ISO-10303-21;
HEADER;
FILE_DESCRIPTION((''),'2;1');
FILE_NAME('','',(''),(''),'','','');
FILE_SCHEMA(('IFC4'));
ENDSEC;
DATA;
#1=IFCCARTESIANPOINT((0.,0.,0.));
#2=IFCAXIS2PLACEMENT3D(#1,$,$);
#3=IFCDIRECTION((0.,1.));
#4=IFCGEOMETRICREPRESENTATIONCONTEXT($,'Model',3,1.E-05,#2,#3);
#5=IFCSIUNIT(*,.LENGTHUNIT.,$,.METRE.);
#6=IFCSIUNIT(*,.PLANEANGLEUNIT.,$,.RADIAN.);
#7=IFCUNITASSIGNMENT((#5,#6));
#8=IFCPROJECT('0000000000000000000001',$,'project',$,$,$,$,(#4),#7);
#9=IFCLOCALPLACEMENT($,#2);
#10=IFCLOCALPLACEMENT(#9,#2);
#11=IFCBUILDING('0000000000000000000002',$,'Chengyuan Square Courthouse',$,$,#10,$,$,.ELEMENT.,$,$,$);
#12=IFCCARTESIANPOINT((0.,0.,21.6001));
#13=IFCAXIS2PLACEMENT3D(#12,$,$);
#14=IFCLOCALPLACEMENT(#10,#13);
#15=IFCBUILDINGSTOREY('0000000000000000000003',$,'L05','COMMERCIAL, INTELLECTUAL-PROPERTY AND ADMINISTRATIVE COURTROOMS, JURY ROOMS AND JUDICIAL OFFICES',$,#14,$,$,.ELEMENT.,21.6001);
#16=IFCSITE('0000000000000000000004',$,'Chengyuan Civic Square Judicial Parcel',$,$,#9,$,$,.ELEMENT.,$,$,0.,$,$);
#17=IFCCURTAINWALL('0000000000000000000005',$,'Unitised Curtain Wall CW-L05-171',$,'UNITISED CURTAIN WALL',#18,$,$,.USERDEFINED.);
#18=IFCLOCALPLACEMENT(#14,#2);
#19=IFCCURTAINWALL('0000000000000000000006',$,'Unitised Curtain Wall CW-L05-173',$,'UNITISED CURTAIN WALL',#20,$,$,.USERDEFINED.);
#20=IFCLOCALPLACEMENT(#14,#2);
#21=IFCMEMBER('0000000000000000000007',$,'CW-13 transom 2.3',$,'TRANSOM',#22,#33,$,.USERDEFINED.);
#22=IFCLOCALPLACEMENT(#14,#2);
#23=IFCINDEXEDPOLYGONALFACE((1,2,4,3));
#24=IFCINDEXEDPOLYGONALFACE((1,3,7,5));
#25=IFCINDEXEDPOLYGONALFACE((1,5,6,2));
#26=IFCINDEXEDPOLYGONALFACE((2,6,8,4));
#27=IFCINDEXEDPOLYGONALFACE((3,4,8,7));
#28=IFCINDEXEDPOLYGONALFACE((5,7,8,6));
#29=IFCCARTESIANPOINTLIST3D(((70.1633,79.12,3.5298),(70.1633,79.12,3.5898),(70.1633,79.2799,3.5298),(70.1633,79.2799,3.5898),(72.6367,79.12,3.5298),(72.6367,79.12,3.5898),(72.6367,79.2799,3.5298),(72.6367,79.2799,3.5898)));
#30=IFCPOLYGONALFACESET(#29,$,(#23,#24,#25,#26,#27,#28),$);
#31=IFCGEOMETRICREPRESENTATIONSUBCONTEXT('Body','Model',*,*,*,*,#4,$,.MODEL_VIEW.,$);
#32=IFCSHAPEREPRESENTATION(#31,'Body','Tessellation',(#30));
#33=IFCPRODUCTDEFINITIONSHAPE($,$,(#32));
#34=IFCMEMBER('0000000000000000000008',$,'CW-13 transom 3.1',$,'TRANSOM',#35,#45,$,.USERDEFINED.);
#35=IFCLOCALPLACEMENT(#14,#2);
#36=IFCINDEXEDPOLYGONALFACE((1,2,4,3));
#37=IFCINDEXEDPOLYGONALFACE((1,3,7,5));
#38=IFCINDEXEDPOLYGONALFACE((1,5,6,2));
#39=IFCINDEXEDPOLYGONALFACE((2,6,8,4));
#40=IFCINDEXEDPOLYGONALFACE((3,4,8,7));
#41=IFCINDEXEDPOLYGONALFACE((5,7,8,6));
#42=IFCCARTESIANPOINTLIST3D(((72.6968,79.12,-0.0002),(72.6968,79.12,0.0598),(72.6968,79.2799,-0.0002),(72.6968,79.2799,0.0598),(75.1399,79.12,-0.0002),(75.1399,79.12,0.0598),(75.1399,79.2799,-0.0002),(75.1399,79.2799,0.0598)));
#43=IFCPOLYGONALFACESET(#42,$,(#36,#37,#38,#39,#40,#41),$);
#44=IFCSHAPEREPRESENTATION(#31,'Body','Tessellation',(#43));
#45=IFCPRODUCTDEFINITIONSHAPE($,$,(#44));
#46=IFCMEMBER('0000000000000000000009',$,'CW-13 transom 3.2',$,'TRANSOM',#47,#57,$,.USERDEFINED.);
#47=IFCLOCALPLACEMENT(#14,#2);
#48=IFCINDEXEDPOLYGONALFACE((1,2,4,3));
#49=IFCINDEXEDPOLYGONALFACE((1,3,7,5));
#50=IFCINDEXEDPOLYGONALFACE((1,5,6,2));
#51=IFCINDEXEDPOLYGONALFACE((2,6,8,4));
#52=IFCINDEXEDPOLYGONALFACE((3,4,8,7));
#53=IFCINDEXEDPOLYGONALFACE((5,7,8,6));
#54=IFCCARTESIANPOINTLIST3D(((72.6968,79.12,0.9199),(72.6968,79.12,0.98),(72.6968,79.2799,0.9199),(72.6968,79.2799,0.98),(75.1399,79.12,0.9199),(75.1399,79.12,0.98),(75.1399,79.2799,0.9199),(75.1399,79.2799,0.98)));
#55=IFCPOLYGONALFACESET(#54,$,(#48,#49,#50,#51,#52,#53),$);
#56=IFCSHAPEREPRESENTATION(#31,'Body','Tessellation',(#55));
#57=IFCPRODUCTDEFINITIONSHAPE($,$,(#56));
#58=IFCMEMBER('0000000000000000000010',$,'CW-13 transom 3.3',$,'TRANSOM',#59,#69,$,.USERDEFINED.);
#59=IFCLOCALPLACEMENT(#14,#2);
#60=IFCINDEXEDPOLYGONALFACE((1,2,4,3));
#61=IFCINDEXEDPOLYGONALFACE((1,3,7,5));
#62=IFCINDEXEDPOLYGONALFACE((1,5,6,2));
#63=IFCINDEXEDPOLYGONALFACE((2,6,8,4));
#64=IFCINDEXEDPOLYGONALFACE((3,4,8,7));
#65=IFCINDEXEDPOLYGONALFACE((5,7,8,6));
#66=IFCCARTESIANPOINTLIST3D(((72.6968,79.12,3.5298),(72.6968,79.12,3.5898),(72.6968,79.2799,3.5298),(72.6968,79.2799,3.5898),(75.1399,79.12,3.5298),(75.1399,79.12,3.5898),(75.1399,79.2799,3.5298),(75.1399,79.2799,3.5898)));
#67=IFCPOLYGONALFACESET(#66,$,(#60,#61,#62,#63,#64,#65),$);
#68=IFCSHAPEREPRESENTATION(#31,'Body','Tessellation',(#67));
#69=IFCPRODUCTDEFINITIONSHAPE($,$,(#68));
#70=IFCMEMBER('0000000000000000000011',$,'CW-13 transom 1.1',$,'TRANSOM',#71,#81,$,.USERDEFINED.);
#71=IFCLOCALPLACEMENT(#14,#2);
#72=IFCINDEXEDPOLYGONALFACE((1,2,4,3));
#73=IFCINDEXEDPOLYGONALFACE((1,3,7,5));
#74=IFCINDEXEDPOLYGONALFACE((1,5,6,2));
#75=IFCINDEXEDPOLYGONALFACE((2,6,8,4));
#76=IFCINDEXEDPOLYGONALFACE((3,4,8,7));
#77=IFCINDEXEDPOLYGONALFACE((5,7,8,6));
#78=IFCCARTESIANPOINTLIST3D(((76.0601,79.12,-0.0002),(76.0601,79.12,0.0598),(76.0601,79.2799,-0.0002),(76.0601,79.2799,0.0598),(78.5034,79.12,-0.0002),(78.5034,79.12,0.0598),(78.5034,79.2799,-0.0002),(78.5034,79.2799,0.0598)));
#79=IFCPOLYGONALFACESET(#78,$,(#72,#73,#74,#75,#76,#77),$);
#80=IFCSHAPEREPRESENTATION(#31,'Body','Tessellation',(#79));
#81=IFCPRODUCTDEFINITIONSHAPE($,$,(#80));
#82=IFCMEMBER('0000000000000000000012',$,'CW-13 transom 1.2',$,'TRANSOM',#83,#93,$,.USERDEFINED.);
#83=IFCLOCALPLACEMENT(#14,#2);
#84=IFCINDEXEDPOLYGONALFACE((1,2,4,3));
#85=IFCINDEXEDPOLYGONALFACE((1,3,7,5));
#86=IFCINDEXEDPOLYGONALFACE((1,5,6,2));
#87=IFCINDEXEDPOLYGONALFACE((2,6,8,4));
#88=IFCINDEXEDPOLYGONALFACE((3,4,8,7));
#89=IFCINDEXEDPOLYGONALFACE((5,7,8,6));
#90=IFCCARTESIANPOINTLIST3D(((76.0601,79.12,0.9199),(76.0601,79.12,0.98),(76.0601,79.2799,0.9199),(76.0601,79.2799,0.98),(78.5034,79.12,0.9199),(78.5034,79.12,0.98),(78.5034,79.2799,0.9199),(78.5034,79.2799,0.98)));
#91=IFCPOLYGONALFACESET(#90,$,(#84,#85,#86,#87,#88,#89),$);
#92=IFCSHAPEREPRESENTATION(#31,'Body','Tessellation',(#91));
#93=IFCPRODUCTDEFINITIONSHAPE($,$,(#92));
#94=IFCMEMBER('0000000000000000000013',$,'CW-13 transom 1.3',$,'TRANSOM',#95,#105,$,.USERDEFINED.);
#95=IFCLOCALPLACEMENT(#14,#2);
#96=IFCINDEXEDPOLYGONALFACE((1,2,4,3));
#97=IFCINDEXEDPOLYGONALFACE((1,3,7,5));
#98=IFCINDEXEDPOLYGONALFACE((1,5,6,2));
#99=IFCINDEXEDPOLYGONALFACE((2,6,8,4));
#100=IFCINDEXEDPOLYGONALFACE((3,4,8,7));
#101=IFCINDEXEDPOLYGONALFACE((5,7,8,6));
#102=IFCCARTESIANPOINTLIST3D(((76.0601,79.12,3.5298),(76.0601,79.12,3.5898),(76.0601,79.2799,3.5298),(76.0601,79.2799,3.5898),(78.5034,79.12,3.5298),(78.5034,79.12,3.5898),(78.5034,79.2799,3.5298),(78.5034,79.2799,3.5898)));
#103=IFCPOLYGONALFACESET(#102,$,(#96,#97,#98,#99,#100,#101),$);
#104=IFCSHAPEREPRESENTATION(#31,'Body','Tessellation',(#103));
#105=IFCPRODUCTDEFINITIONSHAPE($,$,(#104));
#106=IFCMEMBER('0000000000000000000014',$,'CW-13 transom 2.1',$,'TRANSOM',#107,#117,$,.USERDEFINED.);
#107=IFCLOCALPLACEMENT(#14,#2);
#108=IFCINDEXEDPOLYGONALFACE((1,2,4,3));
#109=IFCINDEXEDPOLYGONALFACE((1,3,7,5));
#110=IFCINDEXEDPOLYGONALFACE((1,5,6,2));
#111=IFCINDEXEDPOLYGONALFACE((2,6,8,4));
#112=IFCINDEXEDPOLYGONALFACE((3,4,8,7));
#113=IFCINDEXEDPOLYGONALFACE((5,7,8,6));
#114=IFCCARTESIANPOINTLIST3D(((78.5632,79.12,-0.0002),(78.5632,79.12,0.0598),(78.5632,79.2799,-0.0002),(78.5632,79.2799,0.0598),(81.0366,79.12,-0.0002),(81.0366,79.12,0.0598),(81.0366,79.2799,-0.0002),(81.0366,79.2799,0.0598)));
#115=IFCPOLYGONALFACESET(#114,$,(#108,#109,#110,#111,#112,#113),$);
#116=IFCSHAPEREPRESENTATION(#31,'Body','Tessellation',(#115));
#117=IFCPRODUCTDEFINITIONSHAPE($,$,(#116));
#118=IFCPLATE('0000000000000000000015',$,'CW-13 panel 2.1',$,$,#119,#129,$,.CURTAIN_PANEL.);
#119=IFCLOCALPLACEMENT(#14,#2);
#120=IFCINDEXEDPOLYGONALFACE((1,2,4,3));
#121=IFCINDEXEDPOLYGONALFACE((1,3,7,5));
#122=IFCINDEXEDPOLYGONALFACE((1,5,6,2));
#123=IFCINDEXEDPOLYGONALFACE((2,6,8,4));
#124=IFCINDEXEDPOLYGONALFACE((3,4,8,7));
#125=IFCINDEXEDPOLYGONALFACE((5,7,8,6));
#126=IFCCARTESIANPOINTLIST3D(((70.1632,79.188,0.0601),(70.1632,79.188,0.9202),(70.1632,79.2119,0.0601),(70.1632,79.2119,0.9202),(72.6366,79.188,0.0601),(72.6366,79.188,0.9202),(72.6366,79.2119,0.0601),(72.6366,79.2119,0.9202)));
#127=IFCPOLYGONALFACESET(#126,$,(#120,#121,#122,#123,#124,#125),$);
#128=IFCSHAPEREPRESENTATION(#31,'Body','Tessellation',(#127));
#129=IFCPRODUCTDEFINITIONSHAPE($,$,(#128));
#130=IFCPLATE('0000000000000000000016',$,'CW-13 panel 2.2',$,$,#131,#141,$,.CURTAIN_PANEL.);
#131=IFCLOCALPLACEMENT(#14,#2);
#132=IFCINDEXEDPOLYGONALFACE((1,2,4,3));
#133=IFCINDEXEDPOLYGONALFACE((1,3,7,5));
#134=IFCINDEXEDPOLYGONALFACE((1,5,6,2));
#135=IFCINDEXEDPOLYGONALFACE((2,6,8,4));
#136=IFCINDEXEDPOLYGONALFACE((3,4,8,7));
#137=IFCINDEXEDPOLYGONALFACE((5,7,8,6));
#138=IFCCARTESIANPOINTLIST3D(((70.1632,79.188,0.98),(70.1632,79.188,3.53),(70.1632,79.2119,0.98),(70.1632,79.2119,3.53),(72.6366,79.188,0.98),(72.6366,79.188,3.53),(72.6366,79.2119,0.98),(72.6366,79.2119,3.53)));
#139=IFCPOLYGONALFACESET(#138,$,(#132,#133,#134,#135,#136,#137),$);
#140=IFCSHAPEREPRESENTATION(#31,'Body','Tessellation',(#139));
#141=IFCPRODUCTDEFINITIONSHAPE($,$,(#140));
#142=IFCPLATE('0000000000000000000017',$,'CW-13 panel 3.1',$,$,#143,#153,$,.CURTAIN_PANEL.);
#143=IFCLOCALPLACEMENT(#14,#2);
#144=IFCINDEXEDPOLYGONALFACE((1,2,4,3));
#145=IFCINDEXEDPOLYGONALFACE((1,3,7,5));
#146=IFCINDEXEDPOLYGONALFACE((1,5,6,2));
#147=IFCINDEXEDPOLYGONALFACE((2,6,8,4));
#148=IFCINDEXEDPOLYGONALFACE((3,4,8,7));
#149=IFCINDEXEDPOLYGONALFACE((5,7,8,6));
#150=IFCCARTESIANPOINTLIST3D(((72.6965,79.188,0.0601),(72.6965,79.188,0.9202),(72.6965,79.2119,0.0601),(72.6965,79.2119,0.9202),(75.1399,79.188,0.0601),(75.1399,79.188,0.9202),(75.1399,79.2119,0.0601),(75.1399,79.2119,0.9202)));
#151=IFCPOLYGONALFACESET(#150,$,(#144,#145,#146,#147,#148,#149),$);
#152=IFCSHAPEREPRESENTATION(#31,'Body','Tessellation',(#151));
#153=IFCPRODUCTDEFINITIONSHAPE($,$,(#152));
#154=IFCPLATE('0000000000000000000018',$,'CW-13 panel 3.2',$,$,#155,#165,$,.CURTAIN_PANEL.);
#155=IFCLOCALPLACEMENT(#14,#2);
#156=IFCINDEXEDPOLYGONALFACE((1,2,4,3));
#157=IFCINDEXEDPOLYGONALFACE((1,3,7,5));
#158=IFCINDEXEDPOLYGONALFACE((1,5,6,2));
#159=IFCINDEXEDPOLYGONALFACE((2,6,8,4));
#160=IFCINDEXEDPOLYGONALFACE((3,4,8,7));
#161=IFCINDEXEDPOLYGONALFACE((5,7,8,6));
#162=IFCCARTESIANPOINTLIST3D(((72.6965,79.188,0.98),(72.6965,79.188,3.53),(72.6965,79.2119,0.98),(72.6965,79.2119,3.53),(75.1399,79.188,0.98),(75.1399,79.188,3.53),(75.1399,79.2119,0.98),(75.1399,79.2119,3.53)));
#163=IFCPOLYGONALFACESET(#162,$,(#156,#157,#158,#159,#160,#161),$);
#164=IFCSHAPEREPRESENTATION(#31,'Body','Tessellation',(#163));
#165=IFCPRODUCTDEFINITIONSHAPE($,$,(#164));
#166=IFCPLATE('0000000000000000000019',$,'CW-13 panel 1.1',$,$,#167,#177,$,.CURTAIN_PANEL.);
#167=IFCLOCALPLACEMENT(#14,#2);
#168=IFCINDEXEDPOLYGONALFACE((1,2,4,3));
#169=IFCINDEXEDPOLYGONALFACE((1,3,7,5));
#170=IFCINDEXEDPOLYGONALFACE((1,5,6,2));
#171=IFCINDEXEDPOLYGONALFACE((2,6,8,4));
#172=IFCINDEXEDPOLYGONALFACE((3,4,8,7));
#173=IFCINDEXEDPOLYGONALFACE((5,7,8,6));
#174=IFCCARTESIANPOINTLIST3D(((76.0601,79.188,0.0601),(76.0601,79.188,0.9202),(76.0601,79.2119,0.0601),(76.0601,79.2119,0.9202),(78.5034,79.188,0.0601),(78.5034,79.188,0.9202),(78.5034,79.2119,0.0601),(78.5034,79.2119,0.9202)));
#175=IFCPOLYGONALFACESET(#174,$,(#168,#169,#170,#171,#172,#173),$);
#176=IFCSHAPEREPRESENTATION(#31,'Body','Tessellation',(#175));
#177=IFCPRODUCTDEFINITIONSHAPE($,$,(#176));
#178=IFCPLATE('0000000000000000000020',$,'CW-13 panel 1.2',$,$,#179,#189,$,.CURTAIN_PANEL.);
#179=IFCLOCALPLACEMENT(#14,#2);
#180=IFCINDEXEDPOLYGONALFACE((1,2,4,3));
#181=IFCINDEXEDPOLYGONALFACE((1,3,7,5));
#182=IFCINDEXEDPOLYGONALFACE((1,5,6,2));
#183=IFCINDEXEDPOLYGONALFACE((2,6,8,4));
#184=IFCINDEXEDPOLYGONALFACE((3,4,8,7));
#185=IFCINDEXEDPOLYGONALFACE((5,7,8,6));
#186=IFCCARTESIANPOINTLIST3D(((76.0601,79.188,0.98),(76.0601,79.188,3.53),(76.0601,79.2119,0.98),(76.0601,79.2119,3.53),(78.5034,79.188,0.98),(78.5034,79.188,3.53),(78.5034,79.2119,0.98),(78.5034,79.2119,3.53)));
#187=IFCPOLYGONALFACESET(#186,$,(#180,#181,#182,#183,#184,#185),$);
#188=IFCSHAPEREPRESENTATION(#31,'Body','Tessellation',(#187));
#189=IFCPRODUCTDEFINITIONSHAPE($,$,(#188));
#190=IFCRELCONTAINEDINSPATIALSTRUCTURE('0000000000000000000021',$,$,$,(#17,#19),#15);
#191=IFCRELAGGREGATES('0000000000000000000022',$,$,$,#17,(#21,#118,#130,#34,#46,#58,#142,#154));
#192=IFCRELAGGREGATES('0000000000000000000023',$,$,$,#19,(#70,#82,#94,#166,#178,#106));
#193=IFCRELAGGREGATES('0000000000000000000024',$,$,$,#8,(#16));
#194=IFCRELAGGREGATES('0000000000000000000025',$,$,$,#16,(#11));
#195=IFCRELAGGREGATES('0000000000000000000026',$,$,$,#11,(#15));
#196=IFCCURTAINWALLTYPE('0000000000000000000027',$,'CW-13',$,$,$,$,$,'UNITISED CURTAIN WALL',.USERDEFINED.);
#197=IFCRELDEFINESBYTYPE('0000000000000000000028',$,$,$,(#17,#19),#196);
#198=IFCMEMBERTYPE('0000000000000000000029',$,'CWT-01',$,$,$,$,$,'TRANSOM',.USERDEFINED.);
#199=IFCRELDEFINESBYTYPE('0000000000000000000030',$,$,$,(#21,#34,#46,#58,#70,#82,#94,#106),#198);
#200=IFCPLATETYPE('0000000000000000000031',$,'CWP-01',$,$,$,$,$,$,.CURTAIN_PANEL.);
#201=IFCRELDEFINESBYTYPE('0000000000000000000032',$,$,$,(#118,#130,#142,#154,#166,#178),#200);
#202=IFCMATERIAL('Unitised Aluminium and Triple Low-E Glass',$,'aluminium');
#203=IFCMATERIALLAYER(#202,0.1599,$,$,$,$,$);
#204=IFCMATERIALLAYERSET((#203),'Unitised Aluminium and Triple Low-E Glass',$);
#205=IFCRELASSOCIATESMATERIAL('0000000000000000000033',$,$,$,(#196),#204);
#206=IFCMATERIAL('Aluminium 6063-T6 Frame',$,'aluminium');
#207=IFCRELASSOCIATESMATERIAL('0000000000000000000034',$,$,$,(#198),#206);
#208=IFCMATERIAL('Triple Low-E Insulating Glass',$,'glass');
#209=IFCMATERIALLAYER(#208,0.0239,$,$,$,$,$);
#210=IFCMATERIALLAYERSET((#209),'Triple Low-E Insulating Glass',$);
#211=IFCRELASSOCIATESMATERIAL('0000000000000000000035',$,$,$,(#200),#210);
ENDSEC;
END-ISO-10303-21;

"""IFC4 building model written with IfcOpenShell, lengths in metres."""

from ifc_helpers import new_model, si_unit, direction, frame, origin, origin_2d, place, context, subcontext, project, spatial, rectangle, extrude, material, layer, layer_set, material_profile, profile_set, type_object, element, aggregate, save


model = new_model("IFC4")

# Units and contexts
model_context = context("Model", 3, precision=1e-05, world=origin(), true_north=direction((0.0, 1.0)))
body_context = subcontext(model_context, "Body", "Model", "MODEL_VIEW")
ifc_project = project(units=[si_unit("LENGTHUNIT", "METRE"), si_unit("PLANEANGLEUNIT", "RADIAN")], contexts=[model_context])

# Site, building, storey
site_placement = place(None, origin())
site = spatial("IfcSite", under=ifc_project, at=site_placement, Name="Chengyuan Civic Square Judicial Parcel", CompositionType="ELEMENT", RefElevation=0.0)
building_placement = place(site_placement, origin())
building = spatial("IfcBuilding", under=site, at=building_placement, Name="Chengyuan Square Courthouse", CompositionType="ELEMENT")
storey_placement = place(building_placement, frame((0.0, 0.0, 21.6001)))
storey = spatial("IfcBuildingStorey", under=building, at=storey_placement, Name="L05", Description="COMMERCIAL, INTELLECTUAL-PROPERTY AND ADMINISTRATIVE COURTROOMS, JURY ROOMS AND JUDICIAL OFFICES", CompositionType="ELEMENT", Elevation=21.6001)

# Curtain walls
ifc_material_1 = material(Name="Unitised Aluminium and Triple Low-E Glass", Category="aluminium")
ifc_layer_1 = layer(ifc_material_1, 0.1599)
ifc_layer_set_1 = layer_set([ifc_layer_1], Name="Unitised Aluminium and Triple Low-E Glass")
curtain_wall_type = type_object("IfcCurtainWallType", Name="CW-13", ElementType="UNITISED CURTAIN WALL", PredefinedType="USERDEFINED", material=ifc_layer_set_1)
curtain_wall_1_placement = place(storey_placement, origin())
curtain_wall_1 = element("IfcCurtainWall", 1, at=curtain_wall_1_placement, inside=storey, type_object=curtain_wall_type, Name="Unitised Curtain Wall CW-L05-171", ObjectType="UNITISED CURTAIN WALL", PredefinedType="USERDEFINED")
ifc_material_2 = material(Name="Aluminium 6063-T6 Frame", Category="aluminium")
curtain_wall_2_placement = place(storey_placement, origin())
curtain_wall_2 = element("IfcCurtainWall", 2, at=curtain_wall_2_placement, inside=storey, type_object=curtain_wall_type, Name="Unitised Curtain Wall CW-L05-173", ObjectType="UNITISED CURTAIN WALL", PredefinedType="USERDEFINED")

# Members
ifc_material_profile_1 = material_profile(ifc_material_2, rectangle(XDim=0.1599, YDim=0.0601, at=origin_2d()), Name="CW-TRN-60x120")
ifc_profile_set_1 = profile_set([ifc_material_profile_1], Name="Aluminium 6063-T6 Frame")
member_type_1 = type_object("IfcMemberType", Name="CWT-01", ElementType="TRANSOM", PredefinedType="USERDEFINED", material=ifc_profile_set_1)
member_1_placement = place(storey_placement, frame((70.1633, 79.2, 3.5598), z_axis=(1.0, 0.0, 0.0), x_axis=(0.0, 1.0, 0.0)))
member_1 = element("IfcMember", 3, at=member_1_placement, type_object=member_type_1, Name="CW-13 transom 2.3", ObjectType="TRANSOM", PredefinedType="USERDEFINED", context=body_context, shape_type="SweptSolid", body=[
    extrude(rectangle(XDim=0.1599, YDim=0.0601, at=origin_2d()), origin(), (0.0, 0.0, 1.0), 2.4734),
])
member_2_placement = place(storey_placement, frame((72.6968, 79.2, 0.0298), z_axis=(1.0, 0.0, 0.0), x_axis=(0.0, 1.0, 0.0)))
member_2 = element("IfcMember", 4, at=member_2_placement, type_object=member_type_1, Name="CW-13 transom 3.1", ObjectType="TRANSOM", PredefinedType="USERDEFINED", context=body_context, shape_type="SweptSolid", body=[
    extrude(rectangle(XDim=0.1599, YDim=0.0601, at=origin_2d()), origin(), (0.0, 0.0, 1.0), 2.4431),
])
member_3_placement = place(storey_placement, frame((72.6968, 79.2, 0.95), z_axis=(1.0, 0.0, 0.0), x_axis=(0.0, 1.0, 0.0)))
member_3 = element("IfcMember", 5, at=member_3_placement, type_object=member_type_1, Name="CW-13 transom 3.2", ObjectType="TRANSOM", PredefinedType="USERDEFINED", context=body_context, shape_type="SweptSolid", body=[
    extrude(rectangle(XDim=0.1599, YDim=0.0601, at=origin_2d()), origin(), (0.0, 0.0, 1.0), 2.4431),
])
member_4_placement = place(storey_placement, frame((72.6968, 79.2, 3.5598), z_axis=(1.0, 0.0, 0.0), x_axis=(0.0, 1.0, 0.0)))
member_4 = element("IfcMember", 6, at=member_4_placement, type_object=member_type_1, Name="CW-13 transom 3.3", ObjectType="TRANSOM", PredefinedType="USERDEFINED", context=body_context, shape_type="SweptSolid", body=[
    extrude(rectangle(XDim=0.1599, YDim=0.0601, at=origin_2d()), origin(), (0.0, 0.0, 1.0), 2.4431),
])
member_5_placement = place(storey_placement, frame((76.0601, 79.2, 0.0298), z_axis=(1.0, 0.0, 0.0), x_axis=(0.0, 1.0, 0.0)))
member_5 = element("IfcMember", 7, at=member_5_placement, type_object=member_type_1, Name="CW-13 transom 1.1", ObjectType="TRANSOM", PredefinedType="USERDEFINED", context=body_context, shape_type="SweptSolid", body=[
    extrude(rectangle(XDim=0.1599, YDim=0.0601, at=origin_2d()), origin(), (0.0, 0.0, 1.0), 2.4434),
])
member_6_placement = place(storey_placement, frame((76.0601, 79.2, 0.95), z_axis=(1.0, 0.0, 0.0), x_axis=(0.0, 1.0, 0.0)))
member_6 = element("IfcMember", 8, at=member_6_placement, type_object=member_type_1, Name="CW-13 transom 1.2", ObjectType="TRANSOM", PredefinedType="USERDEFINED", context=body_context, shape_type="SweptSolid", body=[
    extrude(rectangle(XDim=0.1599, YDim=0.0601, at=origin_2d()), origin(), (0.0, 0.0, 1.0), 2.4434),
])
member_7_placement = place(storey_placement, frame((76.0601, 79.2, 3.5598), z_axis=(1.0, 0.0, 0.0), x_axis=(0.0, 1.0, 0.0)))
member_7 = element("IfcMember", 9, at=member_7_placement, type_object=member_type_1, Name="CW-13 transom 1.3", ObjectType="TRANSOM", PredefinedType="USERDEFINED", context=body_context, shape_type="SweptSolid", body=[
    extrude(rectangle(XDim=0.1599, YDim=0.0601, at=origin_2d()), origin(), (0.0, 0.0, 1.0), 2.4434),
])
member_8_placement = place(storey_placement, frame((78.5632, 79.2, 0.0298), z_axis=(1.0, 0.0, 0.0), x_axis=(0.0, 1.0, 0.0)))
member_8 = element("IfcMember", 10, at=member_8_placement, type_object=member_type_1, Name="CW-13 transom 2.1", ObjectType="TRANSOM", PredefinedType="USERDEFINED", context=body_context, shape_type="SweptSolid", body=[
    extrude(rectangle(XDim=0.1599, YDim=0.0601, at=origin_2d()), origin(), (0.0, 0.0, 1.0), 2.4734),
])

# Plates
ifc_material_3 = material(Name="Triple Low-E Insulating Glass", Category="glass")
ifc_layer_2 = layer(ifc_material_3, 0.0239)
ifc_layer_set_2 = layer_set([ifc_layer_2], Name="Triple Low-E Insulating Glass")
plate_type = type_object("IfcPlateType", Name="CWP-01", PredefinedType="CURTAIN_PANEL", material=ifc_layer_set_2)
plate_1_placement = place(storey_placement, frame((71.3999, 79.2, 0.0601), z_axis=(0.0, 0.0, 1.0), x_axis=(1.0, 0.0, 0.0)))
plate_1 = element("IfcPlate", 11, at=plate_1_placement, type_object=plate_type, Name="CW-13 panel 2.1", PredefinedType="CURTAIN_PANEL", context=body_context, shape_type="SweptSolid", body=[
    extrude(rectangle(XDim=2.4734, YDim=0.0239, at=origin_2d()), origin(), (0.0, 0.0, 1.0), 0.8601),
])
plate_2_placement = place(storey_placement, frame((71.3999, 79.2, 0.98), z_axis=(0.0, 0.0, 1.0), x_axis=(1.0, 0.0, 0.0)))
plate_2 = element("IfcPlate", 12, at=plate_2_placement, type_object=plate_type, Name="CW-13 panel 2.2", PredefinedType="CURTAIN_PANEL", context=body_context, shape_type="SweptSolid", body=[
    extrude(rectangle(XDim=2.4734, YDim=0.0239, at=origin_2d()), origin(), (0.0, 0.0, 1.0), 2.55),
])
plate_3_placement = place(storey_placement, frame((73.9182, 79.2, 0.0601), z_axis=(0.0, 0.0, 1.0), x_axis=(1.0, 0.0, 0.0)))
plate_3 = element("IfcPlate", 13, at=plate_3_placement, type_object=plate_type, Name="CW-13 panel 3.1", PredefinedType="CURTAIN_PANEL", context=body_context, shape_type="SweptSolid", body=[
    extrude(rectangle(XDim=2.4434, YDim=0.0239, at=origin_2d()), origin(), (0.0, 0.0, 1.0), 0.8601),
])
plate_4_placement = place(storey_placement, frame((73.9182, 79.2, 0.98), z_axis=(0.0, 0.0, 1.0), x_axis=(1.0, 0.0, 0.0)))
plate_4 = element("IfcPlate", 14, at=plate_4_placement, type_object=plate_type, Name="CW-13 panel 3.2", PredefinedType="CURTAIN_PANEL", context=body_context, shape_type="SweptSolid", body=[
    extrude(rectangle(XDim=2.4434, YDim=0.0239, at=origin_2d()), origin(), (0.0, 0.0, 1.0), 2.55),
])
aggregate(curtain_wall_1, [member_1, plate_1, plate_2, member_2, member_3, member_4, plate_3, plate_4])
plate_5_placement = place(storey_placement, frame((77.2817, 79.2, 0.0601), z_axis=(0.0, 0.0, 1.0), x_axis=(1.0, 0.0, 0.0)))
plate_5 = element("IfcPlate", 15, at=plate_5_placement, type_object=plate_type, Name="CW-13 panel 1.1", PredefinedType="CURTAIN_PANEL", context=body_context, shape_type="SweptSolid", body=[
    extrude(rectangle(XDim=2.4434, YDim=0.0239, at=origin_2d()), origin(), (0.0, 0.0, 1.0), 0.8601),
])
plate_6_placement = place(storey_placement, frame((77.2817, 79.2, 0.98), z_axis=(0.0, 0.0, 1.0), x_axis=(1.0, 0.0, 0.0)))
plate_6 = element("IfcPlate", 16, at=plate_6_placement, type_object=plate_type, Name="CW-13 panel 1.2", PredefinedType="CURTAIN_PANEL", context=body_context, shape_type="SweptSolid", body=[
    extrude(rectangle(XDim=2.4434, YDim=0.0239, at=origin_2d()), origin(), (0.0, 0.0, 1.0), 2.55),
])
aggregate(curtain_wall_2, [member_5, member_6, member_7, plate_5, plate_6, member_8])

save(model, "model.ifc")
